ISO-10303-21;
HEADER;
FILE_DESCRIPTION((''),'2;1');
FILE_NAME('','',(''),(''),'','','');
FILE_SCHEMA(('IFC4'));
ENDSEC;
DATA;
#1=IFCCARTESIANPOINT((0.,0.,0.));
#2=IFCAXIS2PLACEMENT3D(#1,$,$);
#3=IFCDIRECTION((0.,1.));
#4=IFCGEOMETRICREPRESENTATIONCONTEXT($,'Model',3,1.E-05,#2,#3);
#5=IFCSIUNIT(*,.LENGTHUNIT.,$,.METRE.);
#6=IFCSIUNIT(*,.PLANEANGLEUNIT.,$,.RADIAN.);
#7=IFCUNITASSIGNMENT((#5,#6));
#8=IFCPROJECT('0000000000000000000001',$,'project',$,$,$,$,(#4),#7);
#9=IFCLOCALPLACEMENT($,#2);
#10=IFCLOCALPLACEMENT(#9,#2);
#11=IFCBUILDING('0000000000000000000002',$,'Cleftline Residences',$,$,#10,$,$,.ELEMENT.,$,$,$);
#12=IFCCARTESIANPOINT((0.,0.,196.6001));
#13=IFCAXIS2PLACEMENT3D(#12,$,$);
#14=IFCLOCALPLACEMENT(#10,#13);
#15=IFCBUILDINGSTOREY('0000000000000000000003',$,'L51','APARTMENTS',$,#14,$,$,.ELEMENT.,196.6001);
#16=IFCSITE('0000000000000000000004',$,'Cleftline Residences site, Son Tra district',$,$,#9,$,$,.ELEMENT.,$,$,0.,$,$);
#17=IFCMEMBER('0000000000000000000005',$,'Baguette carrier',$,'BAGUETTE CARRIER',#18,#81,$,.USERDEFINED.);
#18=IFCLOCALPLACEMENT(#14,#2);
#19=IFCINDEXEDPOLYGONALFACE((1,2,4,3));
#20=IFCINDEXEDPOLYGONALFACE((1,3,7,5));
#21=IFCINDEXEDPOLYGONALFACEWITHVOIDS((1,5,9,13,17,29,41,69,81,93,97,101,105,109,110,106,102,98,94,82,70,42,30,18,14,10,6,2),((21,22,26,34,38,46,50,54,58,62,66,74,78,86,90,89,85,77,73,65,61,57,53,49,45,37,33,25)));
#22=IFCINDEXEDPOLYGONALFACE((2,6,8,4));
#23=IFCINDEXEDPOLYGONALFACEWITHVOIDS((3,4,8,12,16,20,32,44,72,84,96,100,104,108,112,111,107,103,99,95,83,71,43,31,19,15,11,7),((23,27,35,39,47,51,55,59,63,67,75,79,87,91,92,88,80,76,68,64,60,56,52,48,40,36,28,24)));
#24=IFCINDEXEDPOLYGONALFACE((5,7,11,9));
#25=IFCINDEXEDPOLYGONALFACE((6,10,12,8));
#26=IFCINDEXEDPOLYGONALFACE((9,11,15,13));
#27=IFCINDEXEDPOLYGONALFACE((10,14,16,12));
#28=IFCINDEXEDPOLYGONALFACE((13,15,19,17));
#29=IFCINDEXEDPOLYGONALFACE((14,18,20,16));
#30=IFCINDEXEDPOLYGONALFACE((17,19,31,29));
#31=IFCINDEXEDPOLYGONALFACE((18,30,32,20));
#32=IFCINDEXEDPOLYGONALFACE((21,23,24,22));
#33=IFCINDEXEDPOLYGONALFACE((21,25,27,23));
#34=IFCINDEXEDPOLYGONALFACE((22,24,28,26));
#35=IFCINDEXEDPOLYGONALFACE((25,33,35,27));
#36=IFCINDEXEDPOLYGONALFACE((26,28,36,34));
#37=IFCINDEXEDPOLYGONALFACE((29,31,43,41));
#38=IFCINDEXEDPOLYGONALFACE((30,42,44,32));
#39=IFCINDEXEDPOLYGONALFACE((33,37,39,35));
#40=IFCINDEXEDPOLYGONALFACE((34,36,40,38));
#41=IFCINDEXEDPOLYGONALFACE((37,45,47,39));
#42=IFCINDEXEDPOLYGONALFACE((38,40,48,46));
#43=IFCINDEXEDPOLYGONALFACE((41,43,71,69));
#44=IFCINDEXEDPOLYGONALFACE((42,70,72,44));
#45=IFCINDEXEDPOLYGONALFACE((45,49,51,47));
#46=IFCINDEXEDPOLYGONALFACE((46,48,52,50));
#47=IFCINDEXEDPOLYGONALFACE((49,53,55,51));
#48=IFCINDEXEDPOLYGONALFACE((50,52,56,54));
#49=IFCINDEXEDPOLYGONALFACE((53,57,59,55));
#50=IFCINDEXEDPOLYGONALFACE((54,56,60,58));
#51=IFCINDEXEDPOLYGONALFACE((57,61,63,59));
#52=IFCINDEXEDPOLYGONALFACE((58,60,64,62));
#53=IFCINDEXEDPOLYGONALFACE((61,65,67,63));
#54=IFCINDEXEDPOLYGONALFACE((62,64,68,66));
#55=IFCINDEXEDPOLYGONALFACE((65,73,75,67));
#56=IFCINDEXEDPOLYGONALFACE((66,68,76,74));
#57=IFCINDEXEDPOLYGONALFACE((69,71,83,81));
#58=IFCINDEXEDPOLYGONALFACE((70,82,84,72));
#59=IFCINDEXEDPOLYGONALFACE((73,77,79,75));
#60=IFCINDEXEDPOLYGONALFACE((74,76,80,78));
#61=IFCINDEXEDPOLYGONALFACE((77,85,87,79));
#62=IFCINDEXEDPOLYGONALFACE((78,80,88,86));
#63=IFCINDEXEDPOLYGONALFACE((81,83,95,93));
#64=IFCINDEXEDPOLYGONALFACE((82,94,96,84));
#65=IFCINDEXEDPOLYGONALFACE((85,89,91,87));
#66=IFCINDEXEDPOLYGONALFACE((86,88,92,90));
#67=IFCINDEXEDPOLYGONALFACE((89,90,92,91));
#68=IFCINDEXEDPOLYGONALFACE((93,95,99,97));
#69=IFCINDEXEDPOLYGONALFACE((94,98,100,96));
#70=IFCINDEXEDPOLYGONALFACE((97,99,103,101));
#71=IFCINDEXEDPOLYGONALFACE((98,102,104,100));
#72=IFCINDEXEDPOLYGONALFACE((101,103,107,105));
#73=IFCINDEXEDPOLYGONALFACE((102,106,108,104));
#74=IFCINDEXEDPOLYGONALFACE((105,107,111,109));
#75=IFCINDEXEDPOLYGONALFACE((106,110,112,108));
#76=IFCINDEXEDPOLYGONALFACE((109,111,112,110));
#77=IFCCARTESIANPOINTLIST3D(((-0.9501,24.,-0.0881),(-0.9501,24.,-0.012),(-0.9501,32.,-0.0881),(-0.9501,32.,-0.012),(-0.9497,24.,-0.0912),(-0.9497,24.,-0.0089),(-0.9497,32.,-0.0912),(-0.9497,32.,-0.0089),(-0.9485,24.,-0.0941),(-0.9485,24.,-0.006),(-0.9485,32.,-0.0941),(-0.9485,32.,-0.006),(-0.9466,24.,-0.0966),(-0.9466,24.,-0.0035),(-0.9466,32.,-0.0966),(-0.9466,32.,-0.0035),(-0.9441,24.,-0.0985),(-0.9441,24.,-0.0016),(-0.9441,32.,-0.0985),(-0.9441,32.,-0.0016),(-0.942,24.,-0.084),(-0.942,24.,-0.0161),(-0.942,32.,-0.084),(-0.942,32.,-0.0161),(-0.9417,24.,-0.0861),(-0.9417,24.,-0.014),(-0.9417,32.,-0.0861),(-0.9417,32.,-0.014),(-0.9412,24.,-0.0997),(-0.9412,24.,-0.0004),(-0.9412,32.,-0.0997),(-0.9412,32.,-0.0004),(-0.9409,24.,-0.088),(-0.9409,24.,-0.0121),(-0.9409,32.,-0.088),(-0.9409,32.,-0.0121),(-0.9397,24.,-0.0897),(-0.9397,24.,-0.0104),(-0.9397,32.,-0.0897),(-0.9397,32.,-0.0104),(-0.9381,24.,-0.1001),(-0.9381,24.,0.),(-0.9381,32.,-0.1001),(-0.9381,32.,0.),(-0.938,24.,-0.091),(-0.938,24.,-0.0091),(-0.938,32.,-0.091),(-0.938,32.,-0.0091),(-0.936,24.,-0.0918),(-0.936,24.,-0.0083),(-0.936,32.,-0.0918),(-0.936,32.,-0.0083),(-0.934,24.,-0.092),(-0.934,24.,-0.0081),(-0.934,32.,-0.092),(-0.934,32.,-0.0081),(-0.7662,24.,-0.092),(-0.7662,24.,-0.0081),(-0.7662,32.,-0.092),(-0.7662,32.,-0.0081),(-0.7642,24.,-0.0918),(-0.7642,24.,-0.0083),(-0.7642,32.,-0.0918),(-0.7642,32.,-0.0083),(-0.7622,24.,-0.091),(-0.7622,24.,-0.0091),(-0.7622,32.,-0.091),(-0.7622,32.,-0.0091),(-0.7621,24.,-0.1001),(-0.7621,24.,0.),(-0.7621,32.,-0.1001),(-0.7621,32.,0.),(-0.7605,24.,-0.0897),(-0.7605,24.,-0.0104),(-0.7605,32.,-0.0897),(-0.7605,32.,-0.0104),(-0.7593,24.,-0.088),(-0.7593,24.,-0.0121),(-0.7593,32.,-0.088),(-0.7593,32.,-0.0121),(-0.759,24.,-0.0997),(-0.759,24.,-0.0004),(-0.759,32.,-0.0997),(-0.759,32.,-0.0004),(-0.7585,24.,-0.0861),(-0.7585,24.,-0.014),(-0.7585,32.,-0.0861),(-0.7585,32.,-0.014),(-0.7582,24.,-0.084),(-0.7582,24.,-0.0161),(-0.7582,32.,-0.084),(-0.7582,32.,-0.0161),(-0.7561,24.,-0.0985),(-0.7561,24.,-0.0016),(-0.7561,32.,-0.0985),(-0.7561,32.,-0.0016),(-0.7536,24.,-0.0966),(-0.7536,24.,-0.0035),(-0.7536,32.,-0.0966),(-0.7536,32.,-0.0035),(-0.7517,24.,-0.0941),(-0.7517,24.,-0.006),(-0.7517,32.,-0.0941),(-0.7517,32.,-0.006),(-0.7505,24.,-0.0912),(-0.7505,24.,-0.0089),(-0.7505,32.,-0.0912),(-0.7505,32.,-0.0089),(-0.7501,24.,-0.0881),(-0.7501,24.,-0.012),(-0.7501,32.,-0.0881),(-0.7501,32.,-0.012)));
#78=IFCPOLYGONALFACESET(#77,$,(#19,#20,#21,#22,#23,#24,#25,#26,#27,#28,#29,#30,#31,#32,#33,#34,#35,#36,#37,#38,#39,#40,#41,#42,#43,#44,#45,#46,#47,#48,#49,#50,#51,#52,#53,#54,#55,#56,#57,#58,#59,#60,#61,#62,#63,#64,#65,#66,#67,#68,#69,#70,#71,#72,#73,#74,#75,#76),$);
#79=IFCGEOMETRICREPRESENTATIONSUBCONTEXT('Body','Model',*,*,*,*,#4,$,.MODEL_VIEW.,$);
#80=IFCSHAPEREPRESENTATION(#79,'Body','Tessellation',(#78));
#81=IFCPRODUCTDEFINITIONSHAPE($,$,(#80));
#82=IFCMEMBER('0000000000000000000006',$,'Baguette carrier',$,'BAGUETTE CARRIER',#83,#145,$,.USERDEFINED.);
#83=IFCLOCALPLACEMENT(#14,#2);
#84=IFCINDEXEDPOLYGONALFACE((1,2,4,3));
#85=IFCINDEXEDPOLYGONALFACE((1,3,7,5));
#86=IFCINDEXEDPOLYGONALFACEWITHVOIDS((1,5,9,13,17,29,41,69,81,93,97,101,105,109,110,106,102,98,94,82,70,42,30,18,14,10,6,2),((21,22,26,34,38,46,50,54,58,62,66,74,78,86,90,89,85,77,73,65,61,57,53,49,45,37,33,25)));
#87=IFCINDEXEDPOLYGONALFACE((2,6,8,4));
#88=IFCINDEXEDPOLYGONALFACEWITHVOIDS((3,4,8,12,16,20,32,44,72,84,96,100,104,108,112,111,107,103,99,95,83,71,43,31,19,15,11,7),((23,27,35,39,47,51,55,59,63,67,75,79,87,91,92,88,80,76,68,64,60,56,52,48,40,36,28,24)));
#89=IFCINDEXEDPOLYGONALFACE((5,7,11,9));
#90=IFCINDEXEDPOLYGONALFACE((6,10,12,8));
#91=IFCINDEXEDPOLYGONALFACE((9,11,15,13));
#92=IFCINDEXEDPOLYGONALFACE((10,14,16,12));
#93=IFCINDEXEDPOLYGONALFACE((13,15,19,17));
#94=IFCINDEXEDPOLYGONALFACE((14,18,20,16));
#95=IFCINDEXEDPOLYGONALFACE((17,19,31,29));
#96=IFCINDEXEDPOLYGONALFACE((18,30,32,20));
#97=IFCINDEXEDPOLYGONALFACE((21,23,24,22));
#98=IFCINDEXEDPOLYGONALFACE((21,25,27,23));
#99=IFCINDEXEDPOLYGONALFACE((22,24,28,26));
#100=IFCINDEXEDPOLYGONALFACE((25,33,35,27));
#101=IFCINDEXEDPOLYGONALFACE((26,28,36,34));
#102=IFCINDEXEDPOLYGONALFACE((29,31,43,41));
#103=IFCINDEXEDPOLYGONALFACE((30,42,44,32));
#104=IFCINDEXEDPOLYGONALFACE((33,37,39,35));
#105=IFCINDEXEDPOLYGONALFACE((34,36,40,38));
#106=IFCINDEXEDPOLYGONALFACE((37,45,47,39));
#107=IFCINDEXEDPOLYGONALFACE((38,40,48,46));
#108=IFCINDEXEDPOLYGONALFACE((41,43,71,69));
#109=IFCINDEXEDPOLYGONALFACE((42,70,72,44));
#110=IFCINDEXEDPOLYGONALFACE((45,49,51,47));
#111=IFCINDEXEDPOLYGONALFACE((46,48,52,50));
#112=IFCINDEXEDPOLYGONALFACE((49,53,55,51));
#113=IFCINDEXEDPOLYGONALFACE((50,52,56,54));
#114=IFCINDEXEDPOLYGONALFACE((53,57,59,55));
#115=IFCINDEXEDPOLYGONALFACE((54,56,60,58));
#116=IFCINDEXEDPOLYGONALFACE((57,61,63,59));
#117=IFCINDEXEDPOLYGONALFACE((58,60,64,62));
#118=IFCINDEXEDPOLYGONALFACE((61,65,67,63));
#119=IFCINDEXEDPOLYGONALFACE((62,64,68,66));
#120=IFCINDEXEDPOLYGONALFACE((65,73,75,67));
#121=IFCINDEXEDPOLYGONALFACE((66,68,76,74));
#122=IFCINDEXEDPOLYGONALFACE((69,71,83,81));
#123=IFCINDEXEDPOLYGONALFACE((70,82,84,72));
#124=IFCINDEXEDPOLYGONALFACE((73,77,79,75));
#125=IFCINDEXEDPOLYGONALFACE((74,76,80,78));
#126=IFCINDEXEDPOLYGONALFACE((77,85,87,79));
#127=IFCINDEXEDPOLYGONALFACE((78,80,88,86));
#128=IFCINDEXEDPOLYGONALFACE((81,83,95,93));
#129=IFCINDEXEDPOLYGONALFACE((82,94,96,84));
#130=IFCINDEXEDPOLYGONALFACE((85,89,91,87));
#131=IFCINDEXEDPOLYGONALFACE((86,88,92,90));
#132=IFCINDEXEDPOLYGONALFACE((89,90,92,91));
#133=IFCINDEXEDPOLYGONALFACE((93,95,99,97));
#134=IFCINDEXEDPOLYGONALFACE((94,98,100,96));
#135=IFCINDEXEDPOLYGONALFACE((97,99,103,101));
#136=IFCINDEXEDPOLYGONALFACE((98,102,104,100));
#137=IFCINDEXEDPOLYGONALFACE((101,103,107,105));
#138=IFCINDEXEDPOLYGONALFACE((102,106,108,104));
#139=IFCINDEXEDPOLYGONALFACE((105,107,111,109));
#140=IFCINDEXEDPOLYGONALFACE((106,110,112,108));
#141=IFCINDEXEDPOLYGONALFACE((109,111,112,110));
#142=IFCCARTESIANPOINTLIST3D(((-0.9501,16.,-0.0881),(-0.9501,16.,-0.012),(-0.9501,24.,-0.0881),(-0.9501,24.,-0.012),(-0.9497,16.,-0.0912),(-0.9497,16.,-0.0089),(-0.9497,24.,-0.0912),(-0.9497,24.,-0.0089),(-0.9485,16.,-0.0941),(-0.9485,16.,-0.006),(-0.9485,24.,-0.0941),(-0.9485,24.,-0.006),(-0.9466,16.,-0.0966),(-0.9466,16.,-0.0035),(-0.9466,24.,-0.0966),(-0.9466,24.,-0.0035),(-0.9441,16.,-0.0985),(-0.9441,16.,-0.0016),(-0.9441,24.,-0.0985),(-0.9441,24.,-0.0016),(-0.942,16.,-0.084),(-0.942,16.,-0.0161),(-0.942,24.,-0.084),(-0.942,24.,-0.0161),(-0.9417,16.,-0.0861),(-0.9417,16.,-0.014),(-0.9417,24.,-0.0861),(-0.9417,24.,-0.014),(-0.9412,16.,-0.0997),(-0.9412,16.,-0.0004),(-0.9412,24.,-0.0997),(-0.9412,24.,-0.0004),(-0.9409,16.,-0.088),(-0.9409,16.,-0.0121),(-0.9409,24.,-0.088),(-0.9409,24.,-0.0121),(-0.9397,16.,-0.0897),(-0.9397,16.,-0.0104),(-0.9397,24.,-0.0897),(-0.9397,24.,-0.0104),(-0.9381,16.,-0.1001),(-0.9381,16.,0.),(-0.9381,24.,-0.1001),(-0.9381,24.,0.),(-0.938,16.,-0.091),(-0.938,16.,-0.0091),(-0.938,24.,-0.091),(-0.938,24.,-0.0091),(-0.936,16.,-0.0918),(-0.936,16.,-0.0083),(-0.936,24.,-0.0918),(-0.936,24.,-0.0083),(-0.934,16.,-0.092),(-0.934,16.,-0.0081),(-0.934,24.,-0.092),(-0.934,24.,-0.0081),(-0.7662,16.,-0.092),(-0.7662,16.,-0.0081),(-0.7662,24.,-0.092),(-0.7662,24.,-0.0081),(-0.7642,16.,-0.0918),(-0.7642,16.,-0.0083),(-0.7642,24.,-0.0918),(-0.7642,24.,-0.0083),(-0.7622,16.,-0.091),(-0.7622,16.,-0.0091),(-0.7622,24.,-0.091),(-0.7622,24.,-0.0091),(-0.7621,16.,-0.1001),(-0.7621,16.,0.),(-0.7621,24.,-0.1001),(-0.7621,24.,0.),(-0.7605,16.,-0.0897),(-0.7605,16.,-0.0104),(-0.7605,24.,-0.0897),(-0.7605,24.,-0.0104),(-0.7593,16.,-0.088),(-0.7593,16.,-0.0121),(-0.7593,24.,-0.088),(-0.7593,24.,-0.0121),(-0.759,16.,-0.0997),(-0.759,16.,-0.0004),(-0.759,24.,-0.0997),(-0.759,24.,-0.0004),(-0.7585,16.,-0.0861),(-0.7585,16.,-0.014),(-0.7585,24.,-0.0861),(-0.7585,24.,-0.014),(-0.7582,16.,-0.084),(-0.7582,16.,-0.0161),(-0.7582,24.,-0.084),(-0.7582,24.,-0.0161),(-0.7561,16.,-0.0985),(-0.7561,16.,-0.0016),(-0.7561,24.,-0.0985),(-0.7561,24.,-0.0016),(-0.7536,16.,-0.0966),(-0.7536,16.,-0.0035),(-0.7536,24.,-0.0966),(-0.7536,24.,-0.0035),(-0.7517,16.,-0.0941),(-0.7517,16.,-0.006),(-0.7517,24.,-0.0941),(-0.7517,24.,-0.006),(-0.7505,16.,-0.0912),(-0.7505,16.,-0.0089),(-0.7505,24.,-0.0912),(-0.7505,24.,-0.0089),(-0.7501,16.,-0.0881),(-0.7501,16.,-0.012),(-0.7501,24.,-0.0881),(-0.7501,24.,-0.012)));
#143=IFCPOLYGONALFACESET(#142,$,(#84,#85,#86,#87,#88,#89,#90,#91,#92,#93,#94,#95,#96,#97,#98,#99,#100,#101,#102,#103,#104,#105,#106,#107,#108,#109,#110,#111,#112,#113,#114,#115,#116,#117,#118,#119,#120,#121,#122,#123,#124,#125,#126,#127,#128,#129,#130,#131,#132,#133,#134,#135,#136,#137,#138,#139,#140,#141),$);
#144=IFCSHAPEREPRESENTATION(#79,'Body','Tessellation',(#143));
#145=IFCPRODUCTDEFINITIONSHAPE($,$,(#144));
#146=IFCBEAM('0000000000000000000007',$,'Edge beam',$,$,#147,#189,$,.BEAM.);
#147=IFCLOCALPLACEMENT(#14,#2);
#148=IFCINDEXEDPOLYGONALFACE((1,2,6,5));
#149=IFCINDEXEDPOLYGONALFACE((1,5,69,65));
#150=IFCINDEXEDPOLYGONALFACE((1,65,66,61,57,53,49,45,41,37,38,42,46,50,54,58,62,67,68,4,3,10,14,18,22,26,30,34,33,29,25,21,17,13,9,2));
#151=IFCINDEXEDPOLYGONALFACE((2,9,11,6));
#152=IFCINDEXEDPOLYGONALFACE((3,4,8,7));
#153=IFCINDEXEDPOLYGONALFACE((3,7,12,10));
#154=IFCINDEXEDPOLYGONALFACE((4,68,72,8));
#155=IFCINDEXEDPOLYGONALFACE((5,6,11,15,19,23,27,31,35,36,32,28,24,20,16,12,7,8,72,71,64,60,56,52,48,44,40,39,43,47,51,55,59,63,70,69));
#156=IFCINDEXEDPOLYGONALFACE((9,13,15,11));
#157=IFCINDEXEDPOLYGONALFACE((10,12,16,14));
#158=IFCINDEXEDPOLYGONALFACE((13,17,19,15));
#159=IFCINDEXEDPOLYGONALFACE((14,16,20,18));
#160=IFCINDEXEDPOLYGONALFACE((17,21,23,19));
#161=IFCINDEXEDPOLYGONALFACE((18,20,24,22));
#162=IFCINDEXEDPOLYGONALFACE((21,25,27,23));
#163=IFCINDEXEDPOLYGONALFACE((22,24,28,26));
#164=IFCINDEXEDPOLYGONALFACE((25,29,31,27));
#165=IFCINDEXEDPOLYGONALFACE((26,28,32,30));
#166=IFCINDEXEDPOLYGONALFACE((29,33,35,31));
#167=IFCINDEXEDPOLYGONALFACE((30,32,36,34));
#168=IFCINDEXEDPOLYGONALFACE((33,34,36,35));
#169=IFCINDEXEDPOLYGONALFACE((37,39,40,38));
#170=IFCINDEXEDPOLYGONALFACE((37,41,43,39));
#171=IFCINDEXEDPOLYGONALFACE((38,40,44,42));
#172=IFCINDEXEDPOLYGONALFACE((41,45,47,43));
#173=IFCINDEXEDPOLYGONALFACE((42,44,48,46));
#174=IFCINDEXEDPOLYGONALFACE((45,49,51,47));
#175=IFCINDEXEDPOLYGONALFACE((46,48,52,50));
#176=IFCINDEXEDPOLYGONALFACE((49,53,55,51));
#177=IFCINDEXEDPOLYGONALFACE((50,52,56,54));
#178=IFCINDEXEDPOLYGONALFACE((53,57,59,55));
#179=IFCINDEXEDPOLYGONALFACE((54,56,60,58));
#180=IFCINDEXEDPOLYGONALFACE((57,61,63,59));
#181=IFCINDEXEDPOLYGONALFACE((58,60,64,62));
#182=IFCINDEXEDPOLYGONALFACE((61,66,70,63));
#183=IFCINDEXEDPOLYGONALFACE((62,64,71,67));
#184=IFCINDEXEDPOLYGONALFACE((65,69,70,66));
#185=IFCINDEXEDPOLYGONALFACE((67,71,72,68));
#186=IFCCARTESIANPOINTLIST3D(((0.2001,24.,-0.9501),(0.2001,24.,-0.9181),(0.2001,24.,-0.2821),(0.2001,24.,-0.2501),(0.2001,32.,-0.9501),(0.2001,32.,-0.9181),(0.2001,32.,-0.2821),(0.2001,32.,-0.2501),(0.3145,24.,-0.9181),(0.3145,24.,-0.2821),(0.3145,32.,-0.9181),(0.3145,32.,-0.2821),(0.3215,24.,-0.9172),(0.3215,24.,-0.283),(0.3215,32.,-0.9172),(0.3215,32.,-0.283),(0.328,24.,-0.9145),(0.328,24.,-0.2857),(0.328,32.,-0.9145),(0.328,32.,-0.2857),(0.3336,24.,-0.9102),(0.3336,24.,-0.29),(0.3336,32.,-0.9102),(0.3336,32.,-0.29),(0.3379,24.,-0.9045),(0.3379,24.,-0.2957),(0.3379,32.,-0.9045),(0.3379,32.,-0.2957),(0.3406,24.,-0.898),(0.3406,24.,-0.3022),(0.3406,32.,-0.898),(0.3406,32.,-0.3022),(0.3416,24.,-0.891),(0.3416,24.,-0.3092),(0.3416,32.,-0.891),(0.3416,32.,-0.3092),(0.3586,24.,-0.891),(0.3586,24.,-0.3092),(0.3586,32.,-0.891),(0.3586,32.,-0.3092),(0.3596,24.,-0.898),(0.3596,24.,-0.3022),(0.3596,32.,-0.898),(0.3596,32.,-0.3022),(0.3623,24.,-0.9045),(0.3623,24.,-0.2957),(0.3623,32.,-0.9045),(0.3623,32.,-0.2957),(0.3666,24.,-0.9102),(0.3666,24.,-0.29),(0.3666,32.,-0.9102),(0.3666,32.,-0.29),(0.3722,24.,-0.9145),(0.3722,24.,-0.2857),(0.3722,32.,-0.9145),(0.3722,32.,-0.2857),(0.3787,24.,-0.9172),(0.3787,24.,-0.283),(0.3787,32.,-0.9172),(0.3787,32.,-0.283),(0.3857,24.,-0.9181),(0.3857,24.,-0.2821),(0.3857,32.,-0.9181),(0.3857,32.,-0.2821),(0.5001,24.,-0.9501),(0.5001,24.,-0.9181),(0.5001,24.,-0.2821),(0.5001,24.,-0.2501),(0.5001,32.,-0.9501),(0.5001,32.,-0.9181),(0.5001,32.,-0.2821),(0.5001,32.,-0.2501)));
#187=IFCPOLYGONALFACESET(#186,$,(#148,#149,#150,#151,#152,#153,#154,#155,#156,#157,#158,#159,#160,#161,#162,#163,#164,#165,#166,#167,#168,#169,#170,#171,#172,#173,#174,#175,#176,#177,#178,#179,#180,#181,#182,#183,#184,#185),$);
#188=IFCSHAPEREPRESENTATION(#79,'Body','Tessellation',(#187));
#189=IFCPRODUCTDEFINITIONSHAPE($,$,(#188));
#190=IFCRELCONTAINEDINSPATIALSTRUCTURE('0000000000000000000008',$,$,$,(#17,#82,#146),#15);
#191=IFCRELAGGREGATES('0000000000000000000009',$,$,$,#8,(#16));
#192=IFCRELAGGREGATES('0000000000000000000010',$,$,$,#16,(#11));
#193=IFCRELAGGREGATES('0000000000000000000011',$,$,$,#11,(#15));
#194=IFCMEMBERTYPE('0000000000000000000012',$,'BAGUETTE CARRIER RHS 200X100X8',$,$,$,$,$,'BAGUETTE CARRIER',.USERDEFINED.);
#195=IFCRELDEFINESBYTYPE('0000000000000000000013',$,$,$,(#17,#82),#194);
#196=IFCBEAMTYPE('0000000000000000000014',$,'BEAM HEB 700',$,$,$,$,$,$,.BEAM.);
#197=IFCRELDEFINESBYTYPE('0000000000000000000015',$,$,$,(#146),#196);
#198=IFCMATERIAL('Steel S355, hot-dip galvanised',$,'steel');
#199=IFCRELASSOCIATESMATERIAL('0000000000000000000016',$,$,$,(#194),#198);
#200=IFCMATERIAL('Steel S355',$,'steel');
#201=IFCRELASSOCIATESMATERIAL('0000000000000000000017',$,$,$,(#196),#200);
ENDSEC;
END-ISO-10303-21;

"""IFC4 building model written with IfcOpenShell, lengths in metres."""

from ifc_helpers import new_model, si_unit, direction, frame, origin, origin_2d, place, context, subcontext, project, spatial, hollow_rectangle, i_section, extrude, material, material_profile, profile_set, type_object, element, save


model = new_model("IFC4")

# Units and contexts
model_context = context("Model", 3, precision=1e-05, world=origin(), true_north=direction((0.0, 1.0)))
body_context = subcontext(model_context, "Body", "Model", "MODEL_VIEW")
ifc_project = project(units=[si_unit("LENGTHUNIT", "METRE"), si_unit("PLANEANGLEUNIT", "RADIAN")], contexts=[model_context])

# Site, building, storey
site_placement = place(None, origin())
site = spatial("IfcSite", under=ifc_project, at=site_placement, Name="Cleftline Residences site, Son Tra district", CompositionType="ELEMENT", RefElevation=0.0)
building_placement = place(site_placement, origin())
building = spatial("IfcBuilding", under=site, at=building_placement, Name="Cleftline Residences", CompositionType="ELEMENT")
storey_placement = place(building_placement, frame((0.0, 0.0, 196.6001)))
storey = spatial("IfcBuildingStorey", under=building, at=storey_placement, Name="L51", Description="APARTMENTS", CompositionType="ELEMENT", Elevation=196.6001)

# Members
ifc_material_1 = material(Name="Steel S355, hot-dip galvanised", Category="steel")
ifc_material_profile_1 = material_profile(ifc_material_1, hollow_rectangle(XDim=0.1001, YDim=0.2, WallThickness=0.0081, InnerFilletRadius=0.0081, OuterFilletRadius=0.012, at=origin_2d()))
ifc_profile_set_1 = profile_set([ifc_material_profile_1], Name="Steel S355, hot-dip galvanised")
member_type_1 = type_object("IfcMemberType", Name="BAGUETTE CARRIER RHS 200X100X8", ElementType="BAGUETTE CARRIER", PredefinedType="USERDEFINED", material=ifc_profile_set_1)
for number, where, z_axis, x_axis, name in (
    (1, (-0.8501, 32.0, -0.05), (0.0, -1.0, 0.0), (0.0, 0.0, 1.0), "Baguette carrier"),
    (2, (-0.8501, 24.0, -0.05), (0.0, -1.0, 0.0), (0.0, 0.0, 1.0), "Baguette carrier"),
):
    element("IfcMember", number, at=place(storey_placement, frame(where, z_axis=z_axis, x_axis=x_axis)), inside=storey, type_object=member_type_1, Name=name, ObjectType="BAGUETTE CARRIER", PredefinedType="USERDEFINED", context=body_context, shape_type="SweptSolid", body=[
        extrude(hollow_rectangle(XDim=0.1001, YDim=0.2, WallThickness=0.0081, InnerFilletRadius=0.0081, OuterFilletRadius=0.012, at=origin_2d()), origin(), (0.0, 0.0, 1.0), 8.0),
    ])

# Beam
ifc_material_2 = material(Name="Steel S355", Category="steel")
ifc_material_profile_2 = material_profile(ifc_material_2, i_section(OverallWidth=0.3, OverallDepth=0.7, WebThickness=0.0171, FlangeThickness=0.032, FilletRadius=0.0271, at=origin_2d()))
ifc_profile_set_2 = profile_set([ifc_material_profile_2], Name="Steel S355")
beam_type_1 = type_object("IfcBeamType", Name="BEAM HEB 700", PredefinedType="BEAM", material=ifc_profile_set_2)
for number, where, z_axis, x_axis, name in (
    (3, (0.3501, 24.0, -0.6001), (0.0, 1.0, 0.0), (-1.0, 0.0, 0.0), "Edge beam"),
):
    element("IfcBeam", number, at=place(storey_placement, frame(where, z_axis=z_axis, x_axis=x_axis)), inside=storey, type_object=beam_type_1, Name=name, PredefinedType="BEAM", context=body_context, shape_type="SweptSolid", body=[
        extrude(i_section(OverallWidth=0.3, OverallDepth=0.7, WebThickness=0.0171, FlangeThickness=0.032, FilletRadius=0.0271, at=origin_2d()), origin(), (0.0, 0.0, 1.0), 8.0),
    ])

save(model, "model.ifc")
